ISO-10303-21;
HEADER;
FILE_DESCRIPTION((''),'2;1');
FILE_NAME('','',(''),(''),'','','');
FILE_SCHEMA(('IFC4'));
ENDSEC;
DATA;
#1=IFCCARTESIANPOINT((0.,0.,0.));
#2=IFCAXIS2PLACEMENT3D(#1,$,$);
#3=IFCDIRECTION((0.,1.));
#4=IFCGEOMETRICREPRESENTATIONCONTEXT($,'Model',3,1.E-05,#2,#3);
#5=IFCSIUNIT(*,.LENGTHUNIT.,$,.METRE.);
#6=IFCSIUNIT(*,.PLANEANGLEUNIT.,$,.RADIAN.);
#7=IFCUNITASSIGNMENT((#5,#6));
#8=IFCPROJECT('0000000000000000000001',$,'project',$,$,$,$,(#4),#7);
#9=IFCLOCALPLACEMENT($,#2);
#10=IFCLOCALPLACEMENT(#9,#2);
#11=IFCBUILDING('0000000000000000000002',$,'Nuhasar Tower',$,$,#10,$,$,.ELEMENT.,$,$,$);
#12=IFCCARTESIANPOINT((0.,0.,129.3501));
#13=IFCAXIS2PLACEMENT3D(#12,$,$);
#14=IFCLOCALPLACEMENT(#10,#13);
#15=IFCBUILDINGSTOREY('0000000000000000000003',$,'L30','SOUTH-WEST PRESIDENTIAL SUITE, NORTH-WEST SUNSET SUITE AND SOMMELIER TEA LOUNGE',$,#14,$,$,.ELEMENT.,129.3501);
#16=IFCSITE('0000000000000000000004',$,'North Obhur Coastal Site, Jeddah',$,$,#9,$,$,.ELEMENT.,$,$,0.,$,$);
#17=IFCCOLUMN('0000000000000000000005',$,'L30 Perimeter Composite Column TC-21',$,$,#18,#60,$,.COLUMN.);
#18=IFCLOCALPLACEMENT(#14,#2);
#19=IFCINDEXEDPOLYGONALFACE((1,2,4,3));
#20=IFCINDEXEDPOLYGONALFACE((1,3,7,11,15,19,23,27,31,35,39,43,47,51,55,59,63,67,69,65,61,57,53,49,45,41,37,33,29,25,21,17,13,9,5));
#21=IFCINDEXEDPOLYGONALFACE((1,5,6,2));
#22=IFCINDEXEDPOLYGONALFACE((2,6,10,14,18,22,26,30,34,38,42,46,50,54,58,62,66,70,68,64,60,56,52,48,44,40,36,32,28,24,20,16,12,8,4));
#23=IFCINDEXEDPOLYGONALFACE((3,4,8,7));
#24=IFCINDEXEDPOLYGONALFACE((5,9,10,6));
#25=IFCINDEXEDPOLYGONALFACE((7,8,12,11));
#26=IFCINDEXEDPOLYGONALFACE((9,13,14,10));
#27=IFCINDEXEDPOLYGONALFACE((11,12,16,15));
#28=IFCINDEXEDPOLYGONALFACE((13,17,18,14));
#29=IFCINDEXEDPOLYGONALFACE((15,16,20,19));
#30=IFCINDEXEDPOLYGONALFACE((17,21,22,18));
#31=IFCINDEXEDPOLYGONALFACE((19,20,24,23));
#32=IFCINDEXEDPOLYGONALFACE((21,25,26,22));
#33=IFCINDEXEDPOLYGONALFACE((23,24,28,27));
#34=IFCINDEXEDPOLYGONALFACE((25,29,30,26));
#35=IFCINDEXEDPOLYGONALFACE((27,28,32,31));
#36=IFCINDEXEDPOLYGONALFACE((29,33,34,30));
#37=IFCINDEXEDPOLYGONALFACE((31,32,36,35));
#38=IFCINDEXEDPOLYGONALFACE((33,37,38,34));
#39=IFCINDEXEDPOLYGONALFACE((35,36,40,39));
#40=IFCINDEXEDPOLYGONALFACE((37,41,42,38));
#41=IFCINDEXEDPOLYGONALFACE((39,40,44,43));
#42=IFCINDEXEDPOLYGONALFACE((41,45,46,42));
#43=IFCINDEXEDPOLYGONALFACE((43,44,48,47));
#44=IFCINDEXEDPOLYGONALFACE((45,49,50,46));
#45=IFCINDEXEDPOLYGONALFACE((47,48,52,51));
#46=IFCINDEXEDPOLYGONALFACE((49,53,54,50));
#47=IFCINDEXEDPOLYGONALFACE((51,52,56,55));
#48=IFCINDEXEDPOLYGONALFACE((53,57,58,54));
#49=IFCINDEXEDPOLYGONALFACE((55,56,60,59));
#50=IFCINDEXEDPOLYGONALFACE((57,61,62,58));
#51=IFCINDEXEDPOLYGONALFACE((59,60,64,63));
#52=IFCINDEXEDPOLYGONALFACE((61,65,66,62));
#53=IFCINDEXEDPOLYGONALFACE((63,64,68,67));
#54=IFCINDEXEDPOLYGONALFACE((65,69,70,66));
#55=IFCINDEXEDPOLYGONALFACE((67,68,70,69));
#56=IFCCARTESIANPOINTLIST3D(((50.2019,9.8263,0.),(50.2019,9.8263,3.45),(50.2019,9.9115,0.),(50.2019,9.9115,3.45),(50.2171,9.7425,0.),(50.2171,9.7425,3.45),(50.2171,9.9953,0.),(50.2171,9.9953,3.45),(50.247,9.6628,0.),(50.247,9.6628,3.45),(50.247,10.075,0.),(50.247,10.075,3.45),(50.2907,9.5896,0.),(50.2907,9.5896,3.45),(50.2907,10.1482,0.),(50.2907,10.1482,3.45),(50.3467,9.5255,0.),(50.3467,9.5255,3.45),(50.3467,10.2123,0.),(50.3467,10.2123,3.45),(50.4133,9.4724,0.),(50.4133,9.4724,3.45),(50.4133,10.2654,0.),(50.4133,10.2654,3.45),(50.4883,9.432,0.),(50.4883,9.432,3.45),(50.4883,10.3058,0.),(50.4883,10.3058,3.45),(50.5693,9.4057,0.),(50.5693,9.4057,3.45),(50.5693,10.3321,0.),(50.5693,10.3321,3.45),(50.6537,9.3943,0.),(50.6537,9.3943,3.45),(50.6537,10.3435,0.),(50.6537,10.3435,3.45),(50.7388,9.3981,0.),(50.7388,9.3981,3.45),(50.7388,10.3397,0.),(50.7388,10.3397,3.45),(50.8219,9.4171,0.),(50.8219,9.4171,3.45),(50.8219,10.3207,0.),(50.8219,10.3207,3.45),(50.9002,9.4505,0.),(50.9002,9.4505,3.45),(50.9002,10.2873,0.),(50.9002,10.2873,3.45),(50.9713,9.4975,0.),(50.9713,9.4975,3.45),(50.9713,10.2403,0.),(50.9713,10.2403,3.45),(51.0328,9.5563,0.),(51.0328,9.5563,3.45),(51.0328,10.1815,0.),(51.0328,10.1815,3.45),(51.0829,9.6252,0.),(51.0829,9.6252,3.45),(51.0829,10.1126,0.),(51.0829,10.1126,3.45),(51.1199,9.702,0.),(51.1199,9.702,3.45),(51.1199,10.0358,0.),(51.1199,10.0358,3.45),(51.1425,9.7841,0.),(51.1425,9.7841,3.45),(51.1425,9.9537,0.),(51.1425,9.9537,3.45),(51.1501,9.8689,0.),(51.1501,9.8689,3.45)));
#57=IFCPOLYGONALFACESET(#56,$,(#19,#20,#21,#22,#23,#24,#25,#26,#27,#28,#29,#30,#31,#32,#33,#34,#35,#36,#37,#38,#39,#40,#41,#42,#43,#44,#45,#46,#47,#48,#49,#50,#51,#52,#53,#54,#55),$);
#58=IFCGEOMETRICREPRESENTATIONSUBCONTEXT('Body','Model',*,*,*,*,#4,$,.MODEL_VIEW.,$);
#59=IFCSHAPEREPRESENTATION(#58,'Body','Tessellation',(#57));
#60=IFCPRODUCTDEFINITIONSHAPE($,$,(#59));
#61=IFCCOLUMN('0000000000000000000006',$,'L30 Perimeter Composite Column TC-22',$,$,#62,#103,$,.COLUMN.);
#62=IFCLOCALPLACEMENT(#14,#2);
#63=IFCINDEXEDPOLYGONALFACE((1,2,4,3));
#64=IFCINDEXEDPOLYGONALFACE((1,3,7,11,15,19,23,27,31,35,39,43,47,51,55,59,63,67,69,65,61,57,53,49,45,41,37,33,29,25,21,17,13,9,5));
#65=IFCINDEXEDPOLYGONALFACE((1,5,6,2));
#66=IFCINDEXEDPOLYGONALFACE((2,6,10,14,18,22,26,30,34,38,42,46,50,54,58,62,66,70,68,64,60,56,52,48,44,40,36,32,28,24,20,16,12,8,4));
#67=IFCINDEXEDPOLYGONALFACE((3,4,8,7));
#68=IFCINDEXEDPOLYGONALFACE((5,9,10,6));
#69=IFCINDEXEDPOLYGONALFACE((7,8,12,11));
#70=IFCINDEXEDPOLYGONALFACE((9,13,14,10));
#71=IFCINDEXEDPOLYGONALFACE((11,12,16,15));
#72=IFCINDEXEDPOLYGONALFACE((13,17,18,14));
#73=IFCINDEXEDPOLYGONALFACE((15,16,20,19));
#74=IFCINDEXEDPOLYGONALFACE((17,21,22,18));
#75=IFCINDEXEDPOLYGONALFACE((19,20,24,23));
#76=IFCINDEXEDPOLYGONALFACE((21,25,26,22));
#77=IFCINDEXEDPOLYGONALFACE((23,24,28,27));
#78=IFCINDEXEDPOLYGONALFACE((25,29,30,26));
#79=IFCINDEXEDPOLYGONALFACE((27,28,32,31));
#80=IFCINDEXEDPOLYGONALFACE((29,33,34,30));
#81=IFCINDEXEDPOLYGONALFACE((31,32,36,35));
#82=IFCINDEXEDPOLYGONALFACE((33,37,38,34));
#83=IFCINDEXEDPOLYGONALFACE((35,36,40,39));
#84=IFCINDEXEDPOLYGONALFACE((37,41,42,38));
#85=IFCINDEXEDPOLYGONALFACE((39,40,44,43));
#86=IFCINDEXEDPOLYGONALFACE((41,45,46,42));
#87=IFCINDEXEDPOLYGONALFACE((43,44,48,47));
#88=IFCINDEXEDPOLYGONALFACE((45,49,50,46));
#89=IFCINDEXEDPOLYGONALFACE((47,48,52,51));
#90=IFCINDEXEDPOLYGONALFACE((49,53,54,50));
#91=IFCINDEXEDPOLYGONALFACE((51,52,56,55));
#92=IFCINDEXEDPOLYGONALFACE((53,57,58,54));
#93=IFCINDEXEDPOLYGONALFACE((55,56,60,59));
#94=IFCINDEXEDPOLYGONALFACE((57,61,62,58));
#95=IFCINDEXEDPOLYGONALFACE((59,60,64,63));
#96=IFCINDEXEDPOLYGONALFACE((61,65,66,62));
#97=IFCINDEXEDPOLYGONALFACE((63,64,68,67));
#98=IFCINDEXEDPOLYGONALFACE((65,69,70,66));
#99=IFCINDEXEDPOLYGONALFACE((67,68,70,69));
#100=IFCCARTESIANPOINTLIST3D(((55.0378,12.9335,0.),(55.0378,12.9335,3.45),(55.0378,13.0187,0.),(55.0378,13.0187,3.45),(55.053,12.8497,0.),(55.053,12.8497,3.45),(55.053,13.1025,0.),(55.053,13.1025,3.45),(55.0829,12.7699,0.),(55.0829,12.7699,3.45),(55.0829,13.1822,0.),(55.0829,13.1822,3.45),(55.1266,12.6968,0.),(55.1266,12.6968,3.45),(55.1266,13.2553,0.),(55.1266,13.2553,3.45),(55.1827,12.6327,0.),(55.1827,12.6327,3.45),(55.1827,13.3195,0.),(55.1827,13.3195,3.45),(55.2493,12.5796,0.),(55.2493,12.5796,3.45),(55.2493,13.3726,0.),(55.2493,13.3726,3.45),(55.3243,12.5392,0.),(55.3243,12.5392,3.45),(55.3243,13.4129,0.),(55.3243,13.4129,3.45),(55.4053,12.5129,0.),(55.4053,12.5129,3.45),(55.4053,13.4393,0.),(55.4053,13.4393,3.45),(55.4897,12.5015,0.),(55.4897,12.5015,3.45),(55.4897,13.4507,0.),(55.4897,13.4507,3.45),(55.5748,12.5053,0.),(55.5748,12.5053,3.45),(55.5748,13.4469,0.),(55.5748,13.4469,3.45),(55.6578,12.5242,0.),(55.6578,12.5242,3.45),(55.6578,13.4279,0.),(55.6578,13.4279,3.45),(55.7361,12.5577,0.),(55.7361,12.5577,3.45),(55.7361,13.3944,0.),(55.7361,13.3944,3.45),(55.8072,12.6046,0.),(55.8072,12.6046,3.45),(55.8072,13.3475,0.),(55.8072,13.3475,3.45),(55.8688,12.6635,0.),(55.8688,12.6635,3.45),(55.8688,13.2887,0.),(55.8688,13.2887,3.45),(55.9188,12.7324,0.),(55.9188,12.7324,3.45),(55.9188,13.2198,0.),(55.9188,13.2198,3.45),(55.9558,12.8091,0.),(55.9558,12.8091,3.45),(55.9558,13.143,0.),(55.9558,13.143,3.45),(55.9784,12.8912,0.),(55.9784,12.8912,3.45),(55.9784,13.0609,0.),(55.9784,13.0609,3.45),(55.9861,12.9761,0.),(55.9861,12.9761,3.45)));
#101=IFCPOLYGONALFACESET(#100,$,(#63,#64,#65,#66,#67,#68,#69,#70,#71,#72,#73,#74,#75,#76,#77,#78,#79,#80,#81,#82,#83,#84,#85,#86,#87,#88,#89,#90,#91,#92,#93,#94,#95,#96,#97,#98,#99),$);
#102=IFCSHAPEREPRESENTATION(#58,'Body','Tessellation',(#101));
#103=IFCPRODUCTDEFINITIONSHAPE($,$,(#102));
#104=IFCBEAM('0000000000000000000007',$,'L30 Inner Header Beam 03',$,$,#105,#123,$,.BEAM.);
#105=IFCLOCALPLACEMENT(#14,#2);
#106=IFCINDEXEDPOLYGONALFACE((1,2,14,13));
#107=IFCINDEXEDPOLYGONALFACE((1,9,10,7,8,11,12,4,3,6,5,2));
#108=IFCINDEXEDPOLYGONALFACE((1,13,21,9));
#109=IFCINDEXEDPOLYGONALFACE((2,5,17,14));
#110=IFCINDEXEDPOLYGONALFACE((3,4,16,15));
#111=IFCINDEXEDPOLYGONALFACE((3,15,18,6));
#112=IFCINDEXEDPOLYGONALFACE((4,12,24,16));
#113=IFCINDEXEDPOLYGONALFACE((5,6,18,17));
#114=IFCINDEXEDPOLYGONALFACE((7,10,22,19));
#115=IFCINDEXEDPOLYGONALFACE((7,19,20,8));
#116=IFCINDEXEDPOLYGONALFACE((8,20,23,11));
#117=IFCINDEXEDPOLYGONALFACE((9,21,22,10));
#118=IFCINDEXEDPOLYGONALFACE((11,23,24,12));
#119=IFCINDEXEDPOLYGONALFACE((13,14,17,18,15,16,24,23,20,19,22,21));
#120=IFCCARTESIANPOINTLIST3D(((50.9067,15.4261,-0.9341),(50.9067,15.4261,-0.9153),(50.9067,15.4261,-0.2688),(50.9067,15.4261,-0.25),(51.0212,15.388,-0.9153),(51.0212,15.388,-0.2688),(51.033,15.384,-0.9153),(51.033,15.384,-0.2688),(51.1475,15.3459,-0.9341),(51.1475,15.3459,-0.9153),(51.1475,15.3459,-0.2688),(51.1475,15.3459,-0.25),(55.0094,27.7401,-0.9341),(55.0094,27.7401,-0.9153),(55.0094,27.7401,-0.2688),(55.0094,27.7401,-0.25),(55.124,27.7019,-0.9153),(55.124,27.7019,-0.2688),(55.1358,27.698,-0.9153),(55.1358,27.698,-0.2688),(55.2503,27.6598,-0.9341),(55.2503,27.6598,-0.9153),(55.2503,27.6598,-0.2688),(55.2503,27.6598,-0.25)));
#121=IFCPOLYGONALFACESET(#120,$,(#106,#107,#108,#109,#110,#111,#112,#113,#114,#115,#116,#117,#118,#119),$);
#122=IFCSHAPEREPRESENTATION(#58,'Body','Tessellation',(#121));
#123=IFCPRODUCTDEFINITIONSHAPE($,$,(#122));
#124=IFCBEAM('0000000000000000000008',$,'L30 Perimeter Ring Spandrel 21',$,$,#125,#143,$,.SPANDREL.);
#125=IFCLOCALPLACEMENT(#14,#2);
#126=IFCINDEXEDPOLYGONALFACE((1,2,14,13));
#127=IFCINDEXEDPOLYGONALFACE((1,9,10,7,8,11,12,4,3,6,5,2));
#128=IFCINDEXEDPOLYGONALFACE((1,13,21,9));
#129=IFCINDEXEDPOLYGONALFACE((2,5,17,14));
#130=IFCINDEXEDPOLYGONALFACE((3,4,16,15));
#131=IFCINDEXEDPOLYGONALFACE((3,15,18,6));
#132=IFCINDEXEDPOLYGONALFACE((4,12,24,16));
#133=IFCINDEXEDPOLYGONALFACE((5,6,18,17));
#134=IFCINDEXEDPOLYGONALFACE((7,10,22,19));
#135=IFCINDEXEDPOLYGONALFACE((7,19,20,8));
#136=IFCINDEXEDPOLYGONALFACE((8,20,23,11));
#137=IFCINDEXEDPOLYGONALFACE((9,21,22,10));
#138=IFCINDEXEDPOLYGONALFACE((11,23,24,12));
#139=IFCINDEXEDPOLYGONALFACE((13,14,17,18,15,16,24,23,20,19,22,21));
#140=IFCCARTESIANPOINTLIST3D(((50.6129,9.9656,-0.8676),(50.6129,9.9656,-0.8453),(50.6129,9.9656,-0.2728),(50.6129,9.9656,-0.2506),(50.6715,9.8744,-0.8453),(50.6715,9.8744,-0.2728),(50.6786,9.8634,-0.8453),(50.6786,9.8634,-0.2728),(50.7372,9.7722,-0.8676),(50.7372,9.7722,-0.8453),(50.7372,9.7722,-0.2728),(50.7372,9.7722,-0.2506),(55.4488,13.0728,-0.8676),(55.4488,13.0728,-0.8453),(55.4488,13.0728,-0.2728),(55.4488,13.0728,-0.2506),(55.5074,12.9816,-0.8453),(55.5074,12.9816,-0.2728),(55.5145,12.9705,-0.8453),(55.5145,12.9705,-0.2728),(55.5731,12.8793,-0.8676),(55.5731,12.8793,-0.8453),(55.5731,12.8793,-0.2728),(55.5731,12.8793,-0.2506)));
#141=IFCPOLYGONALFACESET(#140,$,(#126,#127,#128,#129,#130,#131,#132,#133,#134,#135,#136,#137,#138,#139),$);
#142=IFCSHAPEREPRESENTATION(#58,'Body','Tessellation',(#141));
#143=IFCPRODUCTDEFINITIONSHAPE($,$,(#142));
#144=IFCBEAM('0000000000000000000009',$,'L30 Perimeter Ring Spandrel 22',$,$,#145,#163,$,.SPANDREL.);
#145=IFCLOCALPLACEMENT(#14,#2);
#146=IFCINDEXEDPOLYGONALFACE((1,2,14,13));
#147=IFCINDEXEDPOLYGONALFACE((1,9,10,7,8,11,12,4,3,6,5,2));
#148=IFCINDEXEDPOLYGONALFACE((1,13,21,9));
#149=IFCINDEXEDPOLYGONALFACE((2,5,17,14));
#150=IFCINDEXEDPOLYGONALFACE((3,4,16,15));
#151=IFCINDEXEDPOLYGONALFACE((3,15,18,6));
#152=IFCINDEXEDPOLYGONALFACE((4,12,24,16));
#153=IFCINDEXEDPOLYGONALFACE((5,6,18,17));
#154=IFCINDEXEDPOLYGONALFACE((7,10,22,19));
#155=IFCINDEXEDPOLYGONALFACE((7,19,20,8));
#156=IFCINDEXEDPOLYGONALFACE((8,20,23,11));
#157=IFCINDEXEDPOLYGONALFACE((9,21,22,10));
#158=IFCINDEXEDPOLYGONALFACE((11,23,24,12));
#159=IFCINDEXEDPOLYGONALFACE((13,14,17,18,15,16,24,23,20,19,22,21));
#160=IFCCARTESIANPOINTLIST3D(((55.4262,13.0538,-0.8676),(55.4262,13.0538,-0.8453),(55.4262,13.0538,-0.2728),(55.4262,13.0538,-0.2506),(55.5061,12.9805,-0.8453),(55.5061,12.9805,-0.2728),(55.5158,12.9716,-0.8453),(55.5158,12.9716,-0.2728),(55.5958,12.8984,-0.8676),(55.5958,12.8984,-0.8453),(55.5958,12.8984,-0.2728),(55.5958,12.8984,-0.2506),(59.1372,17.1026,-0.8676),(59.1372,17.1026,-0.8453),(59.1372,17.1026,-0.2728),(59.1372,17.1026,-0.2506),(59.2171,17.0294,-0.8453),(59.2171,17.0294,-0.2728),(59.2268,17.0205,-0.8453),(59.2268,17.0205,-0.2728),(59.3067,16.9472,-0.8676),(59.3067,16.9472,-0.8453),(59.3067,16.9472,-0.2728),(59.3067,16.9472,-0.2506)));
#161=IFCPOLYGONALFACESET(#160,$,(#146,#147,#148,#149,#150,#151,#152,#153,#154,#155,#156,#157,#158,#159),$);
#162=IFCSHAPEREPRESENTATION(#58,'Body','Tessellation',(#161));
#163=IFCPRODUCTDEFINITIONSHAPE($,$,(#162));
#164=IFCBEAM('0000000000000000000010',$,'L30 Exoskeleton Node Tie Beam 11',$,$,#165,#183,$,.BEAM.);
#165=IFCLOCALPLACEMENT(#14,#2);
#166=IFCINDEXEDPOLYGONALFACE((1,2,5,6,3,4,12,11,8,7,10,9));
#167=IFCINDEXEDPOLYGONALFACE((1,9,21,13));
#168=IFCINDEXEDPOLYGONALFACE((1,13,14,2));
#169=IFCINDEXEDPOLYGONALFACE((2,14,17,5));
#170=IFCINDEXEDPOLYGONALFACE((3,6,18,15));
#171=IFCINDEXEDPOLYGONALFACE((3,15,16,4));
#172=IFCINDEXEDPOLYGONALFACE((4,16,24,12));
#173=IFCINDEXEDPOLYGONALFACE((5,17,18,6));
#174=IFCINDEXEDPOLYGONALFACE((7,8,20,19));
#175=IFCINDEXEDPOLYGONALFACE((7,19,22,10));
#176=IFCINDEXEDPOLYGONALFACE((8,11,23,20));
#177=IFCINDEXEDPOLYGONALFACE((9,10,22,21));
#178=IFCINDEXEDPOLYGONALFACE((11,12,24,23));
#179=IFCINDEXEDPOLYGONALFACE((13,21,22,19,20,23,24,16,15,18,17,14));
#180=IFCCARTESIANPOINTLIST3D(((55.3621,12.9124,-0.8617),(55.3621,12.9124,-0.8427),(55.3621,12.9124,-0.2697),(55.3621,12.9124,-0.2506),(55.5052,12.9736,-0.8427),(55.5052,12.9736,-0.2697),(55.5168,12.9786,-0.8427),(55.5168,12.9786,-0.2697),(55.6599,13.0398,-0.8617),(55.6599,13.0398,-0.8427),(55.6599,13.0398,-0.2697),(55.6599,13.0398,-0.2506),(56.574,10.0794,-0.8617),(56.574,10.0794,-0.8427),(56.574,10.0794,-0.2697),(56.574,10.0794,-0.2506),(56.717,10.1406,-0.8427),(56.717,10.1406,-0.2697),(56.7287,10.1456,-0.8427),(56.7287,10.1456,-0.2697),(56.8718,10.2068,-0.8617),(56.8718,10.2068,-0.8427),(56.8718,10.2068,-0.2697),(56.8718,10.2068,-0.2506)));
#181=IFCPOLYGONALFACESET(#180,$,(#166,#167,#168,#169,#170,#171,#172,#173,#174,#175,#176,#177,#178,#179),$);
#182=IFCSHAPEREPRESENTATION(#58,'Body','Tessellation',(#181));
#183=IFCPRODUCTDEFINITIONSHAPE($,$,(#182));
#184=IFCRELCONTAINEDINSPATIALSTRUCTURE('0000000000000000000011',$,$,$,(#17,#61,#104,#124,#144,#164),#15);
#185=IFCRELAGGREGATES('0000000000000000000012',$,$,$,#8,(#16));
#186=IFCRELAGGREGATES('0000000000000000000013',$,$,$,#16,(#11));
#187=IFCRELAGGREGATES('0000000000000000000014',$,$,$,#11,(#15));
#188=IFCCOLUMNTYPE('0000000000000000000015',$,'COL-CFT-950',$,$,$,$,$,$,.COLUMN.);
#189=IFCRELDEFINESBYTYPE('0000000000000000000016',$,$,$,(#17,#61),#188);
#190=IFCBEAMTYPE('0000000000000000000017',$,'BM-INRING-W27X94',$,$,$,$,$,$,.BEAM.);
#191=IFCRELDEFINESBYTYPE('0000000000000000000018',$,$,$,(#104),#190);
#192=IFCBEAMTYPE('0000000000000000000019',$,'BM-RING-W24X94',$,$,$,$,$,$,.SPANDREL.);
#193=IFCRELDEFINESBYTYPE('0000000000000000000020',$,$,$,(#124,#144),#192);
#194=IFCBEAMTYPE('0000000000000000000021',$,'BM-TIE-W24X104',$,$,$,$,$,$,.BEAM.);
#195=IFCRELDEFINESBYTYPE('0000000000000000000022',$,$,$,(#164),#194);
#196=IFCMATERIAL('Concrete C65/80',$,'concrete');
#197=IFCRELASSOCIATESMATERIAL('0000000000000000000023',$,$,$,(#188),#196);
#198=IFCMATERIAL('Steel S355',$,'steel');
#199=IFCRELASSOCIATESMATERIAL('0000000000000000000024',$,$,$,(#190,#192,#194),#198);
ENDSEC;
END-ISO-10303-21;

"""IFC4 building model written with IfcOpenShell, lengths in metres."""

from ifc_helpers import new_model, si_unit, direction, frame, origin, origin_2d, place, context, subcontext, project, spatial, circle, i_section, extrude, material, material_profile, profile_set, type_object, element, save


model = new_model("IFC4")

# Units and contexts
model_context = context("Model", 3, precision=1e-05, world=origin(), true_north=direction((0.0, 1.0)))
body_context = subcontext(model_context, "Body", "Model", "MODEL_VIEW")
ifc_project = project(units=[si_unit("LENGTHUNIT", "METRE"), si_unit("PLANEANGLEUNIT", "RADIAN")], contexts=[model_context])

# Site, building, storey
site_placement = place(None, origin())
site = spatial("IfcSite", under=ifc_project, at=site_placement, Name="North Obhur Coastal Site, Jeddah", CompositionType="ELEMENT", RefElevation=0.0)
building_placement = place(site_placement, origin())
building = spatial("IfcBuilding", under=site, at=building_placement, Name="Nuhasar Tower", CompositionType="ELEMENT")
storey_placement = place(building_placement, frame((0.0, 0.0, 129.3501)))
storey = spatial("IfcBuildingStorey", under=building, at=storey_placement, Name="L30", Description="SOUTH-WEST PRESIDENTIAL SUITE, NORTH-WEST SUNSET SUITE AND SOMMELIER TEA LOUNGE", CompositionType="ELEMENT", Elevation=129.3501)

# Columns
ifc_material_1 = material(Name="Concrete C65/80", Category="concrete")
ifc_material_profile_1 = material_profile(ifc_material_1, circle(Radius=0.4751, at=origin_2d()), Name="CFT950")
ifc_profile_set_1 = profile_set([ifc_material_profile_1], Name="Concrete C65/80")
column_type = type_object("IfcColumnType", Name="COL-CFT-950", PredefinedType="COLUMN", material=ifc_profile_set_1)
for number, where, z_axis, x_axis, name in (
    (1, (50.675, 9.8689, 0.0), (0.0, 0.0, 1.0), (1.0, 0.0, 0.0), "L30 Perimeter Composite Column TC-21"),
    (2, (55.511, 12.9761, 0.0), (0.0, 0.0, 1.0), (1.0, 0.0, 0.0), "L30 Perimeter Composite Column TC-22"),
):
    element("IfcColumn", number, at=place(storey_placement, frame(where, z_axis=z_axis, x_axis=x_axis)), inside=storey, type_object=column_type, Name=name, PredefinedType="COLUMN", context=body_context, shape_type="SweptSolid", body=[
        extrude(circle(Radius=0.4751, at=origin_2d()), origin(), (0.0, 0.0, 1.0), 3.45),
    ])

# Beams
ifc_material_2 = material(Name="Steel S355", Category="steel")
ifc_material_profile_2 = material_profile(ifc_material_2, i_section(OverallWidth=0.2539, OverallDepth=0.6841, WebThickness=0.0125, FlangeThickness=0.0188, at=origin_2d()), Name="W27X94")
ifc_profile_set_2 = profile_set([ifc_material_profile_2], Name="Steel S355")
beam_type_1 = type_object("IfcBeamType", Name="BM-INRING-W27X94", PredefinedType="BEAM", material=ifc_profile_set_2)
beam_1_placement = place(storey_placement, frame((51.0271, 15.386, -0.592), z_axis=(0.316098, 0.948727, 0.0), x_axis=(-0.948727, 0.316098, 0.0)))
element("IfcBeam", 3, at=beam_1_placement, inside=storey, type_object=beam_type_1, Name="L30 Inner Header Beam 03", PredefinedType="BEAM", context=body_context, shape_type="SweptSolid", body=[
    extrude(i_section(OverallWidth=0.2539, OverallDepth=0.6841, WebThickness=0.0125, FlangeThickness=0.0188, at=origin_2d()), origin(), (0.0, 0.0, 1.0), 12.9795),
])
ifc_material_profile_3 = material_profile(ifc_material_2, i_section(OverallWidth=0.23, OverallDepth=0.6169, WebThickness=0.0132, FlangeThickness=0.0222, at=origin_2d()), Name="W24X94")
ifc_profile_set_3 = profile_set([ifc_material_profile_3], Name="Steel S355")
beam_type_2 = type_object("IfcBeamType", Name="BM-RING-W24X94", PredefinedType="SPANDREL", material=ifc_profile_set_3)
beam_2_placement = place(storey_placement, frame((50.675, 9.8689, -0.5591), z_axis=(0.841308, 0.540556, 0.0), x_axis=(-0.540556, 0.841308, 0.0)))
element("IfcBeam", 4, at=beam_2_placement, inside=storey, type_object=beam_type_2, Name="L30 Perimeter Ring Spandrel 21", PredefinedType="SPANDREL", context=body_context, shape_type="SweptSolid", body=[
    extrude(i_section(OverallWidth=0.23, OverallDepth=0.6169, WebThickness=0.0132, FlangeThickness=0.0222, at=origin_2d()), origin(), (0.0, 0.0, 1.0), 5.748),
])
beam_3_placement = place(storey_placement, frame((55.511, 12.9761, -0.5591), z_axis=(0.675676, 0.737198, 0.0), x_axis=(-0.737198, 0.675676, 0.0)))
element("IfcBeam", 5, at=beam_3_placement, inside=storey, type_object=beam_type_2, Name="L30 Perimeter Ring Spandrel 22", PredefinedType="SPANDREL", context=body_context, shape_type="SweptSolid", body=[
    extrude(i_section(OverallWidth=0.23, OverallDepth=0.6169, WebThickness=0.0132, FlangeThickness=0.0222, at=origin_2d()), origin(), (0.0, 0.0, 1.0), 5.4922),
])
ifc_material_profile_4 = material_profile(ifc_material_2, i_section(OverallWidth=0.324, OverallDepth=0.6111, WebThickness=0.0127, FlangeThickness=0.019, at=origin_2d()), Name="W24X104")
ifc_profile_set_4 = profile_set([ifc_material_profile_4], Name="Steel S355")
beam_type_3 = type_object("IfcBeamType", Name="BM-TIE-W24X104", PredefinedType="BEAM", material=ifc_profile_set_4)
beam_4_placement = place(storey_placement, frame((55.511, 12.9761, -0.5562), z_axis=(0.393307, -0.919407, 0.0), x_axis=(0.919407, 0.393307, 0.0)))
element("IfcBeam", 6, at=beam_4_placement, inside=storey, type_object=beam_type_3, Name="L30 Exoskeleton Node Tie Beam 11", PredefinedType="BEAM", context=body_context, shape_type="SweptSolid", body=[
    extrude(i_section(OverallWidth=0.324, OverallDepth=0.6111, WebThickness=0.0127, FlangeThickness=0.019, at=origin_2d()), origin(), (0.0, 0.0, 1.0), 3.0813),
])

save(model, "model.ifc")
